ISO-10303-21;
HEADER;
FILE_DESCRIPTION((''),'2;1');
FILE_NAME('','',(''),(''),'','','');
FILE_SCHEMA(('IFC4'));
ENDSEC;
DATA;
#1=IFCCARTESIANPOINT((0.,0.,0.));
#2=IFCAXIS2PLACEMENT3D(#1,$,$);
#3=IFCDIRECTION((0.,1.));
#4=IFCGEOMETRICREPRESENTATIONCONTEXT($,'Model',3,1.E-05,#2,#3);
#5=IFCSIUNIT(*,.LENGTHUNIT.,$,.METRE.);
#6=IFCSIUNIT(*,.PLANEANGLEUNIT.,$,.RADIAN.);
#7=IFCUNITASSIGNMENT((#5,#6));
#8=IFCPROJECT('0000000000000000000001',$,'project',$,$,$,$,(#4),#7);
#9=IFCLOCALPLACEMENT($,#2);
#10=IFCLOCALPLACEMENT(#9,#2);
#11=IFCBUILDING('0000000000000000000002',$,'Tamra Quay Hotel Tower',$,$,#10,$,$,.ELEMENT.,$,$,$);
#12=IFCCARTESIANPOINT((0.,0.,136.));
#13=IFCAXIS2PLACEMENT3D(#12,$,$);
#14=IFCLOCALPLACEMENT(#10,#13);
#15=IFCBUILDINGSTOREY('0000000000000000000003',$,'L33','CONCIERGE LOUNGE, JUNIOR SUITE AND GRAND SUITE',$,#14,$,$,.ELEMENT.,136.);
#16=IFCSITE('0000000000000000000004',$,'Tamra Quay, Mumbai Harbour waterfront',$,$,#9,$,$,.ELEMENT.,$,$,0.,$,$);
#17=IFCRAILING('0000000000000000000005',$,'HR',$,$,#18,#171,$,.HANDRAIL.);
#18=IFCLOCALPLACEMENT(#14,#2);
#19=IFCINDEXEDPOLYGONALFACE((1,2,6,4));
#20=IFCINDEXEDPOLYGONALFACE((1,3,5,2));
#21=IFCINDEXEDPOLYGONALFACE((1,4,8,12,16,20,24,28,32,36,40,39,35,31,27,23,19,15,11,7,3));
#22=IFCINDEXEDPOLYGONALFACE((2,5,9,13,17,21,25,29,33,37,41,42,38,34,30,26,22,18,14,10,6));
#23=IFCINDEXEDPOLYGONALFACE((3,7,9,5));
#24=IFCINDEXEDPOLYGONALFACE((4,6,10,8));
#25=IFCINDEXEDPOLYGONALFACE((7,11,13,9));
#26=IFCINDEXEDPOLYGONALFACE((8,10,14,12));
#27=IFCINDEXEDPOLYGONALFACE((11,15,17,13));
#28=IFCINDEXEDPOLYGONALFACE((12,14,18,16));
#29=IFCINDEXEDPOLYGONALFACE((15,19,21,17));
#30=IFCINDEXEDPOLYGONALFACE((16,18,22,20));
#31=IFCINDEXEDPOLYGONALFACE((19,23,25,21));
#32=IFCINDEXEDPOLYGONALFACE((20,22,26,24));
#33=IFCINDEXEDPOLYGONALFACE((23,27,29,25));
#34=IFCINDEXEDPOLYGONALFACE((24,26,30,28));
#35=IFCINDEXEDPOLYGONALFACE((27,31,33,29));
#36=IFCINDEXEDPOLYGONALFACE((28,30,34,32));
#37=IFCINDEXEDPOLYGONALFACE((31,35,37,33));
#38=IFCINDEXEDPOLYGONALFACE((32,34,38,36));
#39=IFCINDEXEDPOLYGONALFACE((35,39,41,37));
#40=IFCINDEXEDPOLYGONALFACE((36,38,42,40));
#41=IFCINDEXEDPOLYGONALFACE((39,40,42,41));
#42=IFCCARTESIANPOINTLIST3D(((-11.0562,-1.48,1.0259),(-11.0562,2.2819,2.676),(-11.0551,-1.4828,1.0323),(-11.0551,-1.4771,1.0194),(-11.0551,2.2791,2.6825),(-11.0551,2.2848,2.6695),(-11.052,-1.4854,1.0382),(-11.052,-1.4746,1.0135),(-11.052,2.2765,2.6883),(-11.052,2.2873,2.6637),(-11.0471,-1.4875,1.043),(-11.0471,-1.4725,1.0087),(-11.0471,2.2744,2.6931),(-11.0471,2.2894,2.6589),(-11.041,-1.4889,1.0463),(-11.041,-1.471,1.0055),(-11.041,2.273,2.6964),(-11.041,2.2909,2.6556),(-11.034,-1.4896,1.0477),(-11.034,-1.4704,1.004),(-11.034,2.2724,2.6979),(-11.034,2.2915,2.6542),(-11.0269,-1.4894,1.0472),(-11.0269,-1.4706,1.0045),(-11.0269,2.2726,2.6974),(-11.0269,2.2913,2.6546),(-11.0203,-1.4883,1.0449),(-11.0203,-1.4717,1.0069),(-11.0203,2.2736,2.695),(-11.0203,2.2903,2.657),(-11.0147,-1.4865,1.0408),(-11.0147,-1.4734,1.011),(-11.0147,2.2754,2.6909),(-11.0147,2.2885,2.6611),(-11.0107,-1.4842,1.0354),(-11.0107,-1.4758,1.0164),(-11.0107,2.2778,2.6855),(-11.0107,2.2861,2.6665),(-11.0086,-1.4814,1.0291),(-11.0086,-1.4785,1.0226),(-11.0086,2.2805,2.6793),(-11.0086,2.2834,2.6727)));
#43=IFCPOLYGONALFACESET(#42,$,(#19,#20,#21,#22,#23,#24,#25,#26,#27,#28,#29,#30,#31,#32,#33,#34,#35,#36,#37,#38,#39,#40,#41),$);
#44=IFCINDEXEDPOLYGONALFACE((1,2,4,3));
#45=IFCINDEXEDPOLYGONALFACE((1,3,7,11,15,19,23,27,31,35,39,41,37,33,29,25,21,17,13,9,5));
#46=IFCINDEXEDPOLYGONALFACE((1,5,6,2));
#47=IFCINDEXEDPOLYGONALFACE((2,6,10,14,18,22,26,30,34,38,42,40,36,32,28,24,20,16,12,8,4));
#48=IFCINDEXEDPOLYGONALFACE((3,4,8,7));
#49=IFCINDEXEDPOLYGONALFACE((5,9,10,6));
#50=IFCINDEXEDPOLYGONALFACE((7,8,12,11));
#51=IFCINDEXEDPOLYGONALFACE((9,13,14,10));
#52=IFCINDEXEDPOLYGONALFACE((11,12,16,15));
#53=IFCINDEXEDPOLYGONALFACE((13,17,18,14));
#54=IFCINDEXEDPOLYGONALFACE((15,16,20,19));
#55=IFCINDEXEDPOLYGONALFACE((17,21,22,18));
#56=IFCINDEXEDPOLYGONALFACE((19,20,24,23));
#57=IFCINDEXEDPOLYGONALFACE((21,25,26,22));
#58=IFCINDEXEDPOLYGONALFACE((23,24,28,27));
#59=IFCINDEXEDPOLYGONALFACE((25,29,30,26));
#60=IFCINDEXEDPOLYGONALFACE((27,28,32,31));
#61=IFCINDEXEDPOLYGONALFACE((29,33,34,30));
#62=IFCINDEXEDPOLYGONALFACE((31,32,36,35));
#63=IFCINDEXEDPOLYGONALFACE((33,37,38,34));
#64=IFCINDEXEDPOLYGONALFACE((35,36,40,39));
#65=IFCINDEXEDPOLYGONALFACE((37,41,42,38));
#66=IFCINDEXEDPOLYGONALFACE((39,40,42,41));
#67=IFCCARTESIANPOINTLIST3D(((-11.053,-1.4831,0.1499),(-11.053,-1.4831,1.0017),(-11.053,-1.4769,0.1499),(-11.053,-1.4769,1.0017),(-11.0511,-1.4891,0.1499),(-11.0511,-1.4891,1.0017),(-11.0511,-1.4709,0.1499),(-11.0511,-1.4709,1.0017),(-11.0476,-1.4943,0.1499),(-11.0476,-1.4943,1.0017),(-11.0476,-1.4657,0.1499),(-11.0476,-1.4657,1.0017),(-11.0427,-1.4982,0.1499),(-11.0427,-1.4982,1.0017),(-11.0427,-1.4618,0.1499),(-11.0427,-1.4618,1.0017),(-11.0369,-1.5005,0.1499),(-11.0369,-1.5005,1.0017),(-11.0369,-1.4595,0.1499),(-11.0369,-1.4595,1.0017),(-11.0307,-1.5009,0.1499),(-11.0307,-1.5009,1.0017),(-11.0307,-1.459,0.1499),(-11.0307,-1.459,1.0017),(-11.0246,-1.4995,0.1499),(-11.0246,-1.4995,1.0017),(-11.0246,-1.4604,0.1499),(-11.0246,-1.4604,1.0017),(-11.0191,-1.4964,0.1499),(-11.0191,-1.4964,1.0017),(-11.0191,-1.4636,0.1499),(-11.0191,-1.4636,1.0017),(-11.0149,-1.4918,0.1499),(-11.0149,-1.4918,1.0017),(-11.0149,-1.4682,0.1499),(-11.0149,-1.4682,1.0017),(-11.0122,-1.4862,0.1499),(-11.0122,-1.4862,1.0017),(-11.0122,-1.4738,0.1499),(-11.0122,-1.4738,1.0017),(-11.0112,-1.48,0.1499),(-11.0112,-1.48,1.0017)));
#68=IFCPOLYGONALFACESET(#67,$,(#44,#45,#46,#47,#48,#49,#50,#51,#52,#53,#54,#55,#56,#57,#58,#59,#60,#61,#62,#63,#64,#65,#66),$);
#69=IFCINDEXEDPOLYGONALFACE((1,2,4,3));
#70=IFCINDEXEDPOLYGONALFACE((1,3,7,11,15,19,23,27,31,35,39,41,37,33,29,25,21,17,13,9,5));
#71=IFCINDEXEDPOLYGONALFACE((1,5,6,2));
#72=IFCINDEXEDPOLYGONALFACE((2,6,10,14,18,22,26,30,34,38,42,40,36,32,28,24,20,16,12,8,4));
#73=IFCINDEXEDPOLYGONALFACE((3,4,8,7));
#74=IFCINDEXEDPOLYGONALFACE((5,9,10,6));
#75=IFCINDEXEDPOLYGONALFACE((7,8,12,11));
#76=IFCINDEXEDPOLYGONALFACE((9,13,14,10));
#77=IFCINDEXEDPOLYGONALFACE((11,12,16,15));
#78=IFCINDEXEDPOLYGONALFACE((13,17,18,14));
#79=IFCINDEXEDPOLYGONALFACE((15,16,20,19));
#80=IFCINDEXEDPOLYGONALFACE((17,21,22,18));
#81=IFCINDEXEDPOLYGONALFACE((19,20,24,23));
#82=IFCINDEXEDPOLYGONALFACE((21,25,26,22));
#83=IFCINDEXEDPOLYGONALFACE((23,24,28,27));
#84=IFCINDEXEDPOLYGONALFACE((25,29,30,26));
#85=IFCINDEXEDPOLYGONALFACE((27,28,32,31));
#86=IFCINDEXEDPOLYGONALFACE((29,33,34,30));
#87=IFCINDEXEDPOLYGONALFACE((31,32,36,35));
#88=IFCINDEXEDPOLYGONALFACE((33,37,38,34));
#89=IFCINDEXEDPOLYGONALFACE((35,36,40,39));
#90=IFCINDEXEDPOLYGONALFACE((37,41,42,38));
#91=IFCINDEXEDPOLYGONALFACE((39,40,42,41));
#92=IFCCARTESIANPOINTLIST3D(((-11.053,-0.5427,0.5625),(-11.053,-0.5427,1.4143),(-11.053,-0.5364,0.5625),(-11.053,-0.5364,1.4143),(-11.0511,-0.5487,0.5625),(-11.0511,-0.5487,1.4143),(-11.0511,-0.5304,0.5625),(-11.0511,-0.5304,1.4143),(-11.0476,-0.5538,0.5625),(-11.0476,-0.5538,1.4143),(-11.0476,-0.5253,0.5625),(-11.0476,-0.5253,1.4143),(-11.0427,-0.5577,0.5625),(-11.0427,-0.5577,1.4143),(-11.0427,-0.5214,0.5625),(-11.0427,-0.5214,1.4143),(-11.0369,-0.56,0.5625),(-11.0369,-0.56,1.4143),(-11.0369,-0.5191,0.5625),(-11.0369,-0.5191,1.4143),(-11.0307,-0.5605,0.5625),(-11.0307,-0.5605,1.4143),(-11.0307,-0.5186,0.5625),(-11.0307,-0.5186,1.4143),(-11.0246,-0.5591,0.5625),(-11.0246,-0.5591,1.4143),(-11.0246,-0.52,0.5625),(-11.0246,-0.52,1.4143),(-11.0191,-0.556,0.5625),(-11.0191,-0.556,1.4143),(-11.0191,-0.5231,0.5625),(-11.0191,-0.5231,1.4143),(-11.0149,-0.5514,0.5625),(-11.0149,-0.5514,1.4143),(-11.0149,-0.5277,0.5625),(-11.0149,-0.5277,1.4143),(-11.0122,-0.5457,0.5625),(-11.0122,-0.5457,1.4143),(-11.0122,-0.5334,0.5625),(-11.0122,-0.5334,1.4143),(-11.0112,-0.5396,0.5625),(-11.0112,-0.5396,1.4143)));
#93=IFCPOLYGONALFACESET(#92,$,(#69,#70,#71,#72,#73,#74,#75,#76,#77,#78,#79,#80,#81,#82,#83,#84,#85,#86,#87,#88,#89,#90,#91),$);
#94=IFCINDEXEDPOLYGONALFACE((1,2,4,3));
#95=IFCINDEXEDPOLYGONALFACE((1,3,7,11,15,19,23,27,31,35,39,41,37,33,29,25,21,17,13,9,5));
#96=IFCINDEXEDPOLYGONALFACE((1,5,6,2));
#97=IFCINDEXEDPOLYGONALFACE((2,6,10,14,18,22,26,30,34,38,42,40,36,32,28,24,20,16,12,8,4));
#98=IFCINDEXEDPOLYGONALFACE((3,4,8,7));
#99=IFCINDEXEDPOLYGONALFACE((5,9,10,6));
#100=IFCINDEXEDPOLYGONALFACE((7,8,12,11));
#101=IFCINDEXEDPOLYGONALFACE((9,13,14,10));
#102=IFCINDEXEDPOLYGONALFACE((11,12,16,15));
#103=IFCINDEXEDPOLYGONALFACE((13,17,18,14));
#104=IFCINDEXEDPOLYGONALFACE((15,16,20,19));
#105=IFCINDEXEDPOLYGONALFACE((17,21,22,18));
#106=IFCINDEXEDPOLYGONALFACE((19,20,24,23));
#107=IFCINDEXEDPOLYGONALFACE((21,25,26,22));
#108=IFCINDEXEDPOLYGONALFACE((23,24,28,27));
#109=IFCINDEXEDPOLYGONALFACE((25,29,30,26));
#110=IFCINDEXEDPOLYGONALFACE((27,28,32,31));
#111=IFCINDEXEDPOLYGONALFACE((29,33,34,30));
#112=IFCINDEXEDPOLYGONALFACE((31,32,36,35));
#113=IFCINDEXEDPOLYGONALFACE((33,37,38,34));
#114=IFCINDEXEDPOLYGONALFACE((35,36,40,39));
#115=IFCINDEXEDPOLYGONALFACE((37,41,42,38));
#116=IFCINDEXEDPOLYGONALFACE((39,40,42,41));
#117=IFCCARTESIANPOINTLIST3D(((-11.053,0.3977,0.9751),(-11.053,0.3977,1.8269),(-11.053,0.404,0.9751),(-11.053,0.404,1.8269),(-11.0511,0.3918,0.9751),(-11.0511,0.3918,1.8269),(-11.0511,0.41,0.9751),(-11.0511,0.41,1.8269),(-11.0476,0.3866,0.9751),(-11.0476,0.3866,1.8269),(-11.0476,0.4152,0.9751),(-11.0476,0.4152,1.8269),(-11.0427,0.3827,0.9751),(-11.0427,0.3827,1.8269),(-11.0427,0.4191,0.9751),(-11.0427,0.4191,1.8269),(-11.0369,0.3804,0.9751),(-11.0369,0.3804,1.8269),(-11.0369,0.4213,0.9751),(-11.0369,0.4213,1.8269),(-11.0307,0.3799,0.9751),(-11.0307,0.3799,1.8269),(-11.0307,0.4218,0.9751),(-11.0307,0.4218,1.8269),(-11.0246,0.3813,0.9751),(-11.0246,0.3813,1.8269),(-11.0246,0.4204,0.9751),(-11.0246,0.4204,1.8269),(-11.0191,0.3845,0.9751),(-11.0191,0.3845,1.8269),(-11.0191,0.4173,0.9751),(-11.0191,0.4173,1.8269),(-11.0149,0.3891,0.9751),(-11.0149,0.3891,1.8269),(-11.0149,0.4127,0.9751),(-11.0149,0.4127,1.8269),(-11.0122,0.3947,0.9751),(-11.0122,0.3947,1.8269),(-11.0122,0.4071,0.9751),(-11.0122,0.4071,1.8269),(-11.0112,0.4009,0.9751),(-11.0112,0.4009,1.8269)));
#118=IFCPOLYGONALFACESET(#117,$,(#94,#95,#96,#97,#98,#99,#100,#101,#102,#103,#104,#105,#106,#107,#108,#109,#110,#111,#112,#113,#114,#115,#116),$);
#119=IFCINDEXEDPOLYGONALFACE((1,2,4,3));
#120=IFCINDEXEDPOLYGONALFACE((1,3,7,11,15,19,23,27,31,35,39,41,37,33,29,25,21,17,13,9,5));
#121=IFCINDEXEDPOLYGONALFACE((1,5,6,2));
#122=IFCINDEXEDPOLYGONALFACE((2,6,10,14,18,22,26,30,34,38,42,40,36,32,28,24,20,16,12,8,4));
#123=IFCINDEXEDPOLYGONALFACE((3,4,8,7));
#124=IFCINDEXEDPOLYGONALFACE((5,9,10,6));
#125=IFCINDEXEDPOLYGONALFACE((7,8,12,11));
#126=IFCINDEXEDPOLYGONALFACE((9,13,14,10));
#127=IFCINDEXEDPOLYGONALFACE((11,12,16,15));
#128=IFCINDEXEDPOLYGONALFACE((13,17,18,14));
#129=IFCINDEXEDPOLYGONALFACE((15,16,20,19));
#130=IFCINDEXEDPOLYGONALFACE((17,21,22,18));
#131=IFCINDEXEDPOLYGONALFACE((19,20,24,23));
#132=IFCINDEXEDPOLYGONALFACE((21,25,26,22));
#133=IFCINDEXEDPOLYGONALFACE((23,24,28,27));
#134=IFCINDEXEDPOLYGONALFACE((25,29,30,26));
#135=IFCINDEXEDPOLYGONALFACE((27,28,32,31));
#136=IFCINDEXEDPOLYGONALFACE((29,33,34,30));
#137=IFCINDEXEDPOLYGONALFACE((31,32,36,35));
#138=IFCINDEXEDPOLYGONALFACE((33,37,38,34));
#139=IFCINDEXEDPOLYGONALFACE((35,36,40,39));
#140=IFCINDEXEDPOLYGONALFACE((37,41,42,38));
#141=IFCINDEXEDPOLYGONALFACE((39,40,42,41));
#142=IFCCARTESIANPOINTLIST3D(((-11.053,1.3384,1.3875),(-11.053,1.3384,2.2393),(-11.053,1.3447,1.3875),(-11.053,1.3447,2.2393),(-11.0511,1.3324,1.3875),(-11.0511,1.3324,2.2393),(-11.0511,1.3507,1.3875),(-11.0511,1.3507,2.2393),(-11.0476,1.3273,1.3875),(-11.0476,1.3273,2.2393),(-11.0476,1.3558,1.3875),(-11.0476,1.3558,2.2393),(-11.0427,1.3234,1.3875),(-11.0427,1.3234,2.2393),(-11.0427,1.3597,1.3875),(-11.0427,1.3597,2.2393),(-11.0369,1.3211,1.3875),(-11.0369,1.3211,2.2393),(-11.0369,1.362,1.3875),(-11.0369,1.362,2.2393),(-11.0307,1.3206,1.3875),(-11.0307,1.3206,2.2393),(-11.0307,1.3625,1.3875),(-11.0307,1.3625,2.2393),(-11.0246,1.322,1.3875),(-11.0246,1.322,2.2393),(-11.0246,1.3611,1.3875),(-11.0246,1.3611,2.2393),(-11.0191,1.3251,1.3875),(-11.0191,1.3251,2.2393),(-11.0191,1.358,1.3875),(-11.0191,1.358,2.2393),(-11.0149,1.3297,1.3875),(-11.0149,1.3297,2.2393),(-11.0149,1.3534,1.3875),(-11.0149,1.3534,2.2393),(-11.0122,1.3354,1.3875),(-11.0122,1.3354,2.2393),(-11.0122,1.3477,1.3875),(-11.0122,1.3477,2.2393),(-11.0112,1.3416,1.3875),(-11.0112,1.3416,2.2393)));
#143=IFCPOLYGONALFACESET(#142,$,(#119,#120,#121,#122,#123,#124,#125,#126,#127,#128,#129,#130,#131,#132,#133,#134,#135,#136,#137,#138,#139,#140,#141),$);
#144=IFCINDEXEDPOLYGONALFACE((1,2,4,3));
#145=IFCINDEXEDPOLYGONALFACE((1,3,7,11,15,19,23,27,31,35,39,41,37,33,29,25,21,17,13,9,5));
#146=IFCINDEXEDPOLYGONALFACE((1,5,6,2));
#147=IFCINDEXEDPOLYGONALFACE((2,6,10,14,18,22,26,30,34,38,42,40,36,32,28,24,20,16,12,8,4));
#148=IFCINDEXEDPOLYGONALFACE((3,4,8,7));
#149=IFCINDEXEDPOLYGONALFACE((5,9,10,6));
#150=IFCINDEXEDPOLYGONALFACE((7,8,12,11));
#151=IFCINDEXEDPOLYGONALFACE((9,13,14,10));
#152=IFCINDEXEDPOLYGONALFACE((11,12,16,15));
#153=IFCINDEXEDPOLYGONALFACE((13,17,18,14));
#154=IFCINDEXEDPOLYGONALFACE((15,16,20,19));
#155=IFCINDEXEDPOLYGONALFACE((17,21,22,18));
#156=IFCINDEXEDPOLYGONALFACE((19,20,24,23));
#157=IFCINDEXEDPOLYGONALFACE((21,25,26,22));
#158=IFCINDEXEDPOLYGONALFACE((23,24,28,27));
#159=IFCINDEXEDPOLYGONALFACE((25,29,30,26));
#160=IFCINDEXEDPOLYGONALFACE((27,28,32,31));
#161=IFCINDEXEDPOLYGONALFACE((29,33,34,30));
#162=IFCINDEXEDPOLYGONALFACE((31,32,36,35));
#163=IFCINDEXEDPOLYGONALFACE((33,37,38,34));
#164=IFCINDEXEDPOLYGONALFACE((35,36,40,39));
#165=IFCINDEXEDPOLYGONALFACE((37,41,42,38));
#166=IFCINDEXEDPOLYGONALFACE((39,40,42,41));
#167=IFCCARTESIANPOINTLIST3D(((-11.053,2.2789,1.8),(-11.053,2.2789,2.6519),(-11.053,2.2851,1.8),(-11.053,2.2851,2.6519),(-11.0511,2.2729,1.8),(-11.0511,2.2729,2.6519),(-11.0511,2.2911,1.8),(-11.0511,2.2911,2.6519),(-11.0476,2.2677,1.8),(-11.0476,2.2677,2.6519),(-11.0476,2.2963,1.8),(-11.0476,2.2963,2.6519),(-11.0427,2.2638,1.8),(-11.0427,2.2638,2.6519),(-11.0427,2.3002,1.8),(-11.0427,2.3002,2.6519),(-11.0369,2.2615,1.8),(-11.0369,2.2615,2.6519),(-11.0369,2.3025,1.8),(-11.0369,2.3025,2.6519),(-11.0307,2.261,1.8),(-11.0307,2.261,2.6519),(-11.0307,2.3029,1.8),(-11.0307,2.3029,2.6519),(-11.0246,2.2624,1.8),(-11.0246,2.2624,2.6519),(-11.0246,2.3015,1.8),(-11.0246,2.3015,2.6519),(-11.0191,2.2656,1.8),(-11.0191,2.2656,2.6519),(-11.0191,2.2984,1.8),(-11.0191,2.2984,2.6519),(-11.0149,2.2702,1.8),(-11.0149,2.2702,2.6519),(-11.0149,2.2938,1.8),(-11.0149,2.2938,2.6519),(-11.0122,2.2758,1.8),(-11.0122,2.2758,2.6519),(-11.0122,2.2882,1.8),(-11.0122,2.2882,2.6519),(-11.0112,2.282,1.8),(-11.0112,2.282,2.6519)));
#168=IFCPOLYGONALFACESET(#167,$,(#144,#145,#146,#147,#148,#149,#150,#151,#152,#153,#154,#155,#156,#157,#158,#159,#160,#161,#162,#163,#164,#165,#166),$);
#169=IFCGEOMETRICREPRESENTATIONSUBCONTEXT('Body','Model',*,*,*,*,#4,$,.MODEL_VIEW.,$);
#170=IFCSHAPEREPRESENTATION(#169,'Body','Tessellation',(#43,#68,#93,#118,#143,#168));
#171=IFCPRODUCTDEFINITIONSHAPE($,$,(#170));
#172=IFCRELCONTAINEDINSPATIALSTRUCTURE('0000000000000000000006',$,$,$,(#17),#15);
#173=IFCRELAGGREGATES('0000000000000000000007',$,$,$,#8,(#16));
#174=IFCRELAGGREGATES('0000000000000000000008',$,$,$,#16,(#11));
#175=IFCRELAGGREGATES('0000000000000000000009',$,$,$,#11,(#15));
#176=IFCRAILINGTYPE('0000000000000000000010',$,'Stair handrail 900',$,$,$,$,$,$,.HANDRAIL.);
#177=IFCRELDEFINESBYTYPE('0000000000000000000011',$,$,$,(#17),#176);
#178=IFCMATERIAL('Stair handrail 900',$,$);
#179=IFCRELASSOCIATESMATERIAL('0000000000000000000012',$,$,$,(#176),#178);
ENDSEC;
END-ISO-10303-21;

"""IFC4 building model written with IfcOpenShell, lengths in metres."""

from ifc_helpers import new_model, si_unit, direction, frame, origin, origin_2d, place, context, subcontext, project, spatial, circle, extrude, material, type_object, element, save


model = new_model("IFC4")

# Units and contexts
model_context = context("Model", 3, precision=1e-05, world=origin(), true_north=direction((0.0, 1.0)))
body_context = subcontext(model_context, "Body", "Model", "MODEL_VIEW")
ifc_project = project(units=[si_unit("LENGTHUNIT", "METRE"), si_unit("PLANEANGLEUNIT", "RADIAN")], contexts=[model_context])

# Site, building, storey
site_placement = place(None, origin())
site = spatial("IfcSite", under=ifc_project, at=site_placement, Name="Tamra Quay, Mumbai Harbour waterfront", CompositionType="ELEMENT", RefElevation=0.0)
building_placement = place(site_placement, origin())
building = spatial("IfcBuilding", under=site, at=building_placement, Name="Tamra Quay Hotel Tower", CompositionType="ELEMENT")
storey_placement = place(building_placement, frame((0.0, 0.0, 136.0)))
storey = spatial("IfcBuildingStorey", under=building, at=storey_placement, Name="L33", Description="CONCIERGE LOUNGE, JUNIOR SUITE AND GRAND SUITE", CompositionType="ELEMENT", Elevation=136.0)

# Railing
ifc_material_1 = material(Name="Stair handrail 900")
railing_type_1 = type_object("IfcRailingType", Name="Stair handrail 900", PredefinedType="HANDRAIL", material=ifc_material_1)
railing_1_placement = place(storey_placement, frame((-11.0322, -1.48, 0.1499)))
element("IfcRailing", 1, at=railing_1_placement, inside=storey, type_object=railing_type_1, Name="HR", PredefinedType="HANDRAIL", context=body_context, shape_type="SweptSolid", body=[
    extrude(circle(Radius=0.0239, at=origin_2d()), frame((0.0, 0.0, 0.876), z_axis=(0.0, 0.915774, 0.401695), x_axis=(-1.0, 0.0, 0.0)), (0.0, 0.0, 1.0), 4.1079),
    extrude(circle(Radius=0.021, at=origin_2d()), origin(), (0.0, 0.0, 1.0), 0.8518),
    extrude(circle(Radius=0.021, at=origin_2d()), frame((0.0, 0.9404, 0.4126)), (0.0, 0.0, 1.0), 0.8518),
    extrude(circle(Radius=0.021, at=origin_2d()), frame((0.0, 1.8809, 0.8252)), (0.0, 0.0, 1.0), 0.8518),
    extrude(circle(Radius=0.021, at=origin_2d()), frame((0.0, 2.8215, 1.2375)), (0.0, 0.0, 1.0), 0.8518),
    extrude(circle(Radius=0.021, at=origin_2d()), frame((0.0, 3.762, 1.6501)), (0.0, 0.0, 1.0), 0.8518),
])

save(model, "model.ifc")
